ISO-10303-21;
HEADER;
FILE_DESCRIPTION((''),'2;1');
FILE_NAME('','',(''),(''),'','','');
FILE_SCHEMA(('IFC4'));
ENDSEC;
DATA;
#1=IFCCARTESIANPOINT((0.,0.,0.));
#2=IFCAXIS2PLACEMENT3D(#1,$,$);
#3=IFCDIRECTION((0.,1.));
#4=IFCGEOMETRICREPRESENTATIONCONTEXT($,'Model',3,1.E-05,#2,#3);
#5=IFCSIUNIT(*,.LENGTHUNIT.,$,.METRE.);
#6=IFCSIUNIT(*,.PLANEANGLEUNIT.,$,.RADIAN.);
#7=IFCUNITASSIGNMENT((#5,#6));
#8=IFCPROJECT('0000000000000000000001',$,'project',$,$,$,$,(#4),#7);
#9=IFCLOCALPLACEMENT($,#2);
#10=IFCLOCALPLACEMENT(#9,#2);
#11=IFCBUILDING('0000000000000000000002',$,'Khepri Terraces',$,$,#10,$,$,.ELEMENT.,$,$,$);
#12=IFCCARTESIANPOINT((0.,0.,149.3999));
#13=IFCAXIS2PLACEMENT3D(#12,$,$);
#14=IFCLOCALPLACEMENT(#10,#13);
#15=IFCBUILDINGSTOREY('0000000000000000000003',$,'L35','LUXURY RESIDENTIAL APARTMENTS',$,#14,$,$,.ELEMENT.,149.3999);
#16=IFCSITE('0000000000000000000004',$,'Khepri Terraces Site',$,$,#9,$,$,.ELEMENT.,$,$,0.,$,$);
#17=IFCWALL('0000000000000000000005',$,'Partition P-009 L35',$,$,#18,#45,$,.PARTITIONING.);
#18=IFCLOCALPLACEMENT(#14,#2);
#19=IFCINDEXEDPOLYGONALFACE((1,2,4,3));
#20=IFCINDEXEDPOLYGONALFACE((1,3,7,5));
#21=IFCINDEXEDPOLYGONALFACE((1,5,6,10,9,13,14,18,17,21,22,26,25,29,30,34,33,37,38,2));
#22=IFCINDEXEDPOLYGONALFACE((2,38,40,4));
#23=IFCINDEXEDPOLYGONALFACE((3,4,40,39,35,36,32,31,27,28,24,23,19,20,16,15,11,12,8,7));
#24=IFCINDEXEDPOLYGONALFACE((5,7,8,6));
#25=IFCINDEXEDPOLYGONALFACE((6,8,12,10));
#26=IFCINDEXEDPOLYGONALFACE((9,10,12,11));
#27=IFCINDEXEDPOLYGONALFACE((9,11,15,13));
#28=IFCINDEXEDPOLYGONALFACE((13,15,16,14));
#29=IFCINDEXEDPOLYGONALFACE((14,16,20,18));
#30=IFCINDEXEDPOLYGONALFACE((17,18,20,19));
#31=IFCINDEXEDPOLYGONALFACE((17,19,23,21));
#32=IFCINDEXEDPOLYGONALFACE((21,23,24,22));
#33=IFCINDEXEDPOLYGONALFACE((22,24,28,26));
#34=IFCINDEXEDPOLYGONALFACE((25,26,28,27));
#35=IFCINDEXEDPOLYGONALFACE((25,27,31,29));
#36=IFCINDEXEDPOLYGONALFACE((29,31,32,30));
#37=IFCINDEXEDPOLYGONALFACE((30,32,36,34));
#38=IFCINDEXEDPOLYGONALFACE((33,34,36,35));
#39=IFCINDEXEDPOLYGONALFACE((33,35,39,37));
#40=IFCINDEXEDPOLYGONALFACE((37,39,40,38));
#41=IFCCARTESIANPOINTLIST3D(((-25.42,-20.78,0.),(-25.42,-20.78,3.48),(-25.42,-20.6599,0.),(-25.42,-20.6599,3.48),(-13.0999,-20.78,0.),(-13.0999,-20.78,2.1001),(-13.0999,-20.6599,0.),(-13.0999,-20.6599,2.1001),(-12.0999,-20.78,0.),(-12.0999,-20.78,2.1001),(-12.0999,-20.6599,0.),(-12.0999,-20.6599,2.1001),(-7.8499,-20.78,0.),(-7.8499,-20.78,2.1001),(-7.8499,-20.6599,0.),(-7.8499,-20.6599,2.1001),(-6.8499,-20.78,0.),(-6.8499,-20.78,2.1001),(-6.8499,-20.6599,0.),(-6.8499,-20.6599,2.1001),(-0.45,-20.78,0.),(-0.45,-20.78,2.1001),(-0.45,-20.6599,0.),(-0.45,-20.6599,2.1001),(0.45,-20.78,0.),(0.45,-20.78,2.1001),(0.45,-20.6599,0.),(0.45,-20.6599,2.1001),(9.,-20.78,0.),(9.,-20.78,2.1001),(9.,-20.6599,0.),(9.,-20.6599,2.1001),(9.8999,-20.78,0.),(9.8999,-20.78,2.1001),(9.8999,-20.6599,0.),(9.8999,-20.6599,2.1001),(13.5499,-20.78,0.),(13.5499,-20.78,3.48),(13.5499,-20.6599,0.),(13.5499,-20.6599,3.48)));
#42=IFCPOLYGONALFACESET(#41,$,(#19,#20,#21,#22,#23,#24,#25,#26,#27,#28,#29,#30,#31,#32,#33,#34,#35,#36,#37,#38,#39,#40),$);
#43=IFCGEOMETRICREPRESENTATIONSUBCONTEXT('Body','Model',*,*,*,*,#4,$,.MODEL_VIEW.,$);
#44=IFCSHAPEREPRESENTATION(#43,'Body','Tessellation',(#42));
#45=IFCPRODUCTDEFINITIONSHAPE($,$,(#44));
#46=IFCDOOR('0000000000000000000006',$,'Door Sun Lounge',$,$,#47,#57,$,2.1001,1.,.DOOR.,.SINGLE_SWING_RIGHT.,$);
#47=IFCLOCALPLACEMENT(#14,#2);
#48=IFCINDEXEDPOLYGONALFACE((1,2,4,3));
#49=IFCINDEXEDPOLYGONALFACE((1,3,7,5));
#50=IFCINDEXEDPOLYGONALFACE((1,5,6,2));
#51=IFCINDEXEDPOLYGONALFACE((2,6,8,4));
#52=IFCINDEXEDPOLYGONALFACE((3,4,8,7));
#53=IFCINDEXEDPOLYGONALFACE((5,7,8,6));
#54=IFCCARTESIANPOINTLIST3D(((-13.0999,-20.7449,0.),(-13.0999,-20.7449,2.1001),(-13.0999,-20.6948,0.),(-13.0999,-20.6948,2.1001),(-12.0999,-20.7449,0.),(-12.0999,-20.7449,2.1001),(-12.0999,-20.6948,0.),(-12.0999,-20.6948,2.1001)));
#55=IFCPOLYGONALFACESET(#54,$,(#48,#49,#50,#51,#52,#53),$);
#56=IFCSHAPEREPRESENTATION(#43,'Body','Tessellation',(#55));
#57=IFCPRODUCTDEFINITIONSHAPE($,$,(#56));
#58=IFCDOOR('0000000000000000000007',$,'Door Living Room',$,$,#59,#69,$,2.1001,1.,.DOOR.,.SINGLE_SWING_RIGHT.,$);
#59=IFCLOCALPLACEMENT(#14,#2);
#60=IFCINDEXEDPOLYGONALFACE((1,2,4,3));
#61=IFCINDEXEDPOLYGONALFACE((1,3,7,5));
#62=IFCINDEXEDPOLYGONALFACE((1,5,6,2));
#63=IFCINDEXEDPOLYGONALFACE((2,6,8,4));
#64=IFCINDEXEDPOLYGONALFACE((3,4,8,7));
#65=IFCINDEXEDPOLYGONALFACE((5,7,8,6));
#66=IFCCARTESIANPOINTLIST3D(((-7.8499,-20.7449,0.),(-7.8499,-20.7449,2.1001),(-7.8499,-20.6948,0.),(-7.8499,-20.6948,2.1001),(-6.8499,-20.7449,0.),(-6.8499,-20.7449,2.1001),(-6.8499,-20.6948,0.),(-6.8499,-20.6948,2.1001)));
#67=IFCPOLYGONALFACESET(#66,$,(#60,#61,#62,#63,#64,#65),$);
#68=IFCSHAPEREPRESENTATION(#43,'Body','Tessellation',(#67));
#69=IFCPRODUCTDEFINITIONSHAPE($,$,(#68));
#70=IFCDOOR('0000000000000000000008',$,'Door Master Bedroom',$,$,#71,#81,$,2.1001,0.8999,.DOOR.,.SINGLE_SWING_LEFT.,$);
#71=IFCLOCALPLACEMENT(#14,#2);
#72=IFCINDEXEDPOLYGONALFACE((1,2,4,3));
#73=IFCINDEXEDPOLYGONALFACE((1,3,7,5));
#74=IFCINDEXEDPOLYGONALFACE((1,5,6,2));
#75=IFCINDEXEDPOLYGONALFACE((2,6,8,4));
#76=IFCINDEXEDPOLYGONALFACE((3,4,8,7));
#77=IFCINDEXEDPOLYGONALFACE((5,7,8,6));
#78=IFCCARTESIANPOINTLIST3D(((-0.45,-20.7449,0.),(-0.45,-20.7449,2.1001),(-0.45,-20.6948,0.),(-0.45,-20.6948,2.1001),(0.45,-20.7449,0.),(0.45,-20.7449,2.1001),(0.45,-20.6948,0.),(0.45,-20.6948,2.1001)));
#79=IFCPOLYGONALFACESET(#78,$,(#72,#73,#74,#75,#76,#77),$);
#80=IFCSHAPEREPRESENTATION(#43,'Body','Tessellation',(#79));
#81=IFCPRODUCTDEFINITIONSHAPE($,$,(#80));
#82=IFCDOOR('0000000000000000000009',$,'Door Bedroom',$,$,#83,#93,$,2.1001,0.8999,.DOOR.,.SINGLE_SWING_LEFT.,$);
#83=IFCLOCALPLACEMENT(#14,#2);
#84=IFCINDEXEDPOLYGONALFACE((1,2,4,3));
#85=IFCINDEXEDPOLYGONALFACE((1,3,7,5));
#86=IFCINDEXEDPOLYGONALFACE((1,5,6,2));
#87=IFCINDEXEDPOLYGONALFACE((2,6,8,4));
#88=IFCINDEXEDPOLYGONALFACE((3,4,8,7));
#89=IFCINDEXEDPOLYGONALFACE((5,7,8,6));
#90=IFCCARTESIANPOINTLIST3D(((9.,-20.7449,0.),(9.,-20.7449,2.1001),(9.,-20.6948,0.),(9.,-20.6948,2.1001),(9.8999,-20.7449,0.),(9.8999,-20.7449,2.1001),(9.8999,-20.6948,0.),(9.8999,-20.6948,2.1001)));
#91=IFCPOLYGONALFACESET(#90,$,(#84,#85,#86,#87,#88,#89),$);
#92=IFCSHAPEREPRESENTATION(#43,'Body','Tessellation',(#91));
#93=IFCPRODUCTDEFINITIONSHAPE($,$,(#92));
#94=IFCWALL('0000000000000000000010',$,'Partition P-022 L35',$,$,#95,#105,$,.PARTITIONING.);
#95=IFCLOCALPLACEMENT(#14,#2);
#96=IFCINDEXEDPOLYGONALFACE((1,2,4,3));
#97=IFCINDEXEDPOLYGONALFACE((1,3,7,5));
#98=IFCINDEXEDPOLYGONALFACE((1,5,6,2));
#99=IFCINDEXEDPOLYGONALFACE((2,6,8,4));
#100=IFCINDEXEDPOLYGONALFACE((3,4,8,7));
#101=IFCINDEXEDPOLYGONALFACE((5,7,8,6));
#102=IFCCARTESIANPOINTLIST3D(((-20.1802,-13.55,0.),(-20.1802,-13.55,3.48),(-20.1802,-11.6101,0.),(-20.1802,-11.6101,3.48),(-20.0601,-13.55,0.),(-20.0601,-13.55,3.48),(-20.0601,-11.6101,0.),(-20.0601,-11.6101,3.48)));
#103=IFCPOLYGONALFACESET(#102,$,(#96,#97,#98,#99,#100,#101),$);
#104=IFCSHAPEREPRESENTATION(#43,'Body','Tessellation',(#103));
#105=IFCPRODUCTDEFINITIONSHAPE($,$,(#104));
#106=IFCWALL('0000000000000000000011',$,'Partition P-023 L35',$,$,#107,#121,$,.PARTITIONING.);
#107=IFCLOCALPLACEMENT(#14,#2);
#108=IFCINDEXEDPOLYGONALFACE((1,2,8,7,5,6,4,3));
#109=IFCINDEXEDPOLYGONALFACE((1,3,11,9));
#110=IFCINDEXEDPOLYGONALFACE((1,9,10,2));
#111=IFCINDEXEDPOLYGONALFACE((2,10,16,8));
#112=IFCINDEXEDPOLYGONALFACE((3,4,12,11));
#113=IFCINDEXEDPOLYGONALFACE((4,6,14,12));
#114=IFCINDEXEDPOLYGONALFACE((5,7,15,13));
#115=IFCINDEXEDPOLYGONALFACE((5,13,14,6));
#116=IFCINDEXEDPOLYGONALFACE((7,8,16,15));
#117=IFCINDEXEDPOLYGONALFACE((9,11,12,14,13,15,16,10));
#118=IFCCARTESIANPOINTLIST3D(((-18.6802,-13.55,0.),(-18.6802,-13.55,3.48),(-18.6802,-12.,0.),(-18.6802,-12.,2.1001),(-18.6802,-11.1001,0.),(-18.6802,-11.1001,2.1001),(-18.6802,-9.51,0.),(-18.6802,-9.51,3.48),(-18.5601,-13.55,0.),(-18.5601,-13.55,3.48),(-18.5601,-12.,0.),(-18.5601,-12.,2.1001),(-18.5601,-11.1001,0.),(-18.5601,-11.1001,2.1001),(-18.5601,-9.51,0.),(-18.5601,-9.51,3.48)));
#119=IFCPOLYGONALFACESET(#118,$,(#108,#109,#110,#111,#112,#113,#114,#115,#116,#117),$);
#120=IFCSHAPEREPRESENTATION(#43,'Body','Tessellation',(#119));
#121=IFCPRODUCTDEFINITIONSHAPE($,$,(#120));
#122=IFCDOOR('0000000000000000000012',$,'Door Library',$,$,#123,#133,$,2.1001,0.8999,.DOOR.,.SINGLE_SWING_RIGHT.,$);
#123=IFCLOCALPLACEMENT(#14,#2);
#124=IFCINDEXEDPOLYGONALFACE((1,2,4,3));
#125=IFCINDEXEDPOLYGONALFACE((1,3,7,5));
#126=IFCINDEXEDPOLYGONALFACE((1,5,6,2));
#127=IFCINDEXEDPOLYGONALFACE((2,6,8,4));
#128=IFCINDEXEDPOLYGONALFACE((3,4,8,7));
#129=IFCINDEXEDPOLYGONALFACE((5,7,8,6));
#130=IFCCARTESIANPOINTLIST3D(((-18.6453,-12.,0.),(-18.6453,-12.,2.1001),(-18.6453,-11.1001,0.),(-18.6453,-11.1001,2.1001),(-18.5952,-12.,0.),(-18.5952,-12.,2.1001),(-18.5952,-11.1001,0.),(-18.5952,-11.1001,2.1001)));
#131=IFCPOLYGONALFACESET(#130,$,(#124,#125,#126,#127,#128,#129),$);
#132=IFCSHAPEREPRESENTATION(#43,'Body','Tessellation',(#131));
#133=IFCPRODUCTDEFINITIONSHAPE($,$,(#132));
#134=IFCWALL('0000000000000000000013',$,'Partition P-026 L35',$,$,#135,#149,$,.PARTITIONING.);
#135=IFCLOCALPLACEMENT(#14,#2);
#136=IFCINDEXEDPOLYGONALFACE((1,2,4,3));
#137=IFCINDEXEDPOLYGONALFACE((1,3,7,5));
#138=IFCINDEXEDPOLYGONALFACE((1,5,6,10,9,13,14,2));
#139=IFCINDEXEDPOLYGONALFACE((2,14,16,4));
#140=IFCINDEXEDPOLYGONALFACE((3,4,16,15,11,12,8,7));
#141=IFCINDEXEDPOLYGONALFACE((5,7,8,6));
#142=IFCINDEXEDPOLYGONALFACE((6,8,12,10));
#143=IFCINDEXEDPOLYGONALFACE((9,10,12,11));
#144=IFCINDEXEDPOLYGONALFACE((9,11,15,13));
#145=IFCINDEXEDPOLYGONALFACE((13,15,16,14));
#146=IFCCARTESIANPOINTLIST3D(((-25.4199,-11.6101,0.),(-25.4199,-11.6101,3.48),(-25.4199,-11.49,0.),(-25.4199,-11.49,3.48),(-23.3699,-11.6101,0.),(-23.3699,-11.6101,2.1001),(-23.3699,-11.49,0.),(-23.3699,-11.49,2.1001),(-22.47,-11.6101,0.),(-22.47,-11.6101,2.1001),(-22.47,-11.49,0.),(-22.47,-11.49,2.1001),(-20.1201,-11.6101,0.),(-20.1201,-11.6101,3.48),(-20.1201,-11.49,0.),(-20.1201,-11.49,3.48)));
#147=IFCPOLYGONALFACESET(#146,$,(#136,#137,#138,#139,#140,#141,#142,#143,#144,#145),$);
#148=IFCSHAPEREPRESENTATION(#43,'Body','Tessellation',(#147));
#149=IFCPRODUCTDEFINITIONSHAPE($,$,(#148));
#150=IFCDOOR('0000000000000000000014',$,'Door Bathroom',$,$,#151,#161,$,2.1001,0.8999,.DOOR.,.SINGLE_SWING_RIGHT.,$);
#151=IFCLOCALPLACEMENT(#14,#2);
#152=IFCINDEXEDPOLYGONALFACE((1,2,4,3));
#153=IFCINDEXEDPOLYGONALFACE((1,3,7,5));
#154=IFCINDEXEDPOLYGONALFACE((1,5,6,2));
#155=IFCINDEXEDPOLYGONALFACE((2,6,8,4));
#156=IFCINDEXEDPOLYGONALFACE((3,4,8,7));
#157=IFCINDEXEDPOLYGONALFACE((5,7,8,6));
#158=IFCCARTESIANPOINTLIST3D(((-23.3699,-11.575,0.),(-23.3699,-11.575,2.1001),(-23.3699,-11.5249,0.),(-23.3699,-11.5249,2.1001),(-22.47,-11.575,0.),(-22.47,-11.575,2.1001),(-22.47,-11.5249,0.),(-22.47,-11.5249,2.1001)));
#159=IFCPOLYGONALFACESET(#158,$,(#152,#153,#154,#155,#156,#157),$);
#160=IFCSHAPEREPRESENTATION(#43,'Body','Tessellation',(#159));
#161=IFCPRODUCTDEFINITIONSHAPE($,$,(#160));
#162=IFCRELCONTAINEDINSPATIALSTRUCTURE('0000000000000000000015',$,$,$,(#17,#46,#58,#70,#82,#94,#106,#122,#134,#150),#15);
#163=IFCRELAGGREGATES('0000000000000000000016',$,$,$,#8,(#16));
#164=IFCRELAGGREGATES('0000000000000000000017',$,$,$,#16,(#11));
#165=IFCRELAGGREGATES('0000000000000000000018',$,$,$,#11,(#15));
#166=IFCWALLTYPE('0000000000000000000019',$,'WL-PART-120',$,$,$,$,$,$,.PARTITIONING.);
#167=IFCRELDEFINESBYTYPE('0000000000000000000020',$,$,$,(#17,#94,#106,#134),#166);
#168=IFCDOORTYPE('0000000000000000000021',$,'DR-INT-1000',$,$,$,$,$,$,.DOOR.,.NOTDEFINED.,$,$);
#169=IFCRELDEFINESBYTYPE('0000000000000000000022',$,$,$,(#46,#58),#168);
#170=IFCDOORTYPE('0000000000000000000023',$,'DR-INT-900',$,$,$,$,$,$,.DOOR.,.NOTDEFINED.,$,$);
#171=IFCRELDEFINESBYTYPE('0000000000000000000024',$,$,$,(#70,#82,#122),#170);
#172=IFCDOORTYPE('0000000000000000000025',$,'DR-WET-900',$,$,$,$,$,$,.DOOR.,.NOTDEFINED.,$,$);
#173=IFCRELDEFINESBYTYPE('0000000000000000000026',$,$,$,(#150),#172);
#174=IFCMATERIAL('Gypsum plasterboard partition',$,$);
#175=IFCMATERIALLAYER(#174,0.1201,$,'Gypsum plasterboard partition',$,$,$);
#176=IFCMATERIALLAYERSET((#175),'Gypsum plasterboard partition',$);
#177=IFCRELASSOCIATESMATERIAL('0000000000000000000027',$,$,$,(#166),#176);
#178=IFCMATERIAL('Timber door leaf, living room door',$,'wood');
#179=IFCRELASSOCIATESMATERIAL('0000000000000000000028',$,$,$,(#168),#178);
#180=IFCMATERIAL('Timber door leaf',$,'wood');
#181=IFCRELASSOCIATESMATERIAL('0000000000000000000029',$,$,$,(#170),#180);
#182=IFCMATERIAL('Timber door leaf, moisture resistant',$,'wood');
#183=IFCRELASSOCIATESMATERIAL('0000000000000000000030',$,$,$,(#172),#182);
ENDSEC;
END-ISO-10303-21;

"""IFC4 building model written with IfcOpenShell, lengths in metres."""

from ifc_helpers import new_model, si_unit, direction, frame, frame_2d, origin, place, context, subcontext, project, spatial, rectangle, extrude, material, layer, layer_set, type_object, element, fill, save


model = new_model("IFC4")

# Units and contexts
model_context = context("Model", 3, precision=1e-05, world=origin(), true_north=direction((0.0, 1.0)))
body_context = subcontext(model_context, "Body", "Model", "MODEL_VIEW")
ifc_project = project(units=[si_unit("LENGTHUNIT", "METRE"), si_unit("PLANEANGLEUNIT", "RADIAN")], contexts=[model_context])

# Site, building, storey
site_placement = place(None, origin())
site = spatial("IfcSite", under=ifc_project, at=site_placement, Name="Khepri Terraces Site", CompositionType="ELEMENT", RefElevation=0.0)
building_placement = place(site_placement, origin())
building = spatial("IfcBuilding", under=site, at=building_placement, Name="Khepri Terraces", CompositionType="ELEMENT")
storey_placement = place(building_placement, frame((0.0, 0.0, 149.3999)))
storey = spatial("IfcBuildingStorey", under=building, at=storey_placement, Name="L35", Description="LUXURY RESIDENTIAL APARTMENTS", CompositionType="ELEMENT", Elevation=149.3999)

# Wall, openings, doors
ifc_material_1 = material(Name="Gypsum plasterboard partition")
ifc_layer_1 = layer(ifc_material_1, 0.1201, Name="Gypsum plasterboard partition")
ifc_layer_set_1 = layer_set([ifc_layer_1], Name="Gypsum plasterboard partition")
wall_type_1 = type_object("IfcWallType", Name="WL-PART-120", PredefinedType="PARTITIONING", material=ifc_layer_set_1)
wall_1_placement = place(storey_placement, frame((-25.4199, -20.72, 0.0), z_axis=(0.0, 0.0, 1.0), x_axis=(1.0, 0.0, 0.0)))
wall_1 = element("IfcWall", 1, at=wall_1_placement, inside=storey, type_object=wall_type_1, Name="Partition P-009 L35", PredefinedType="PARTITIONING", context=body_context, shape_type="SweptSolid", body=[
    extrude(rectangle(XDim=38.97, YDim=0.1201, at=frame_2d((19.4849, 0.0))), origin(), (0.0, 0.0, 1.0), 3.48),
])
opening_1_placement = place(wall_1_placement, frame((12.3201, 0.0, 0.0)))
opening_1 = element("IfcOpeningElement", 2, at=opening_1_placement, cuts=wall_1, PredefinedType="OPENING", context=body_context, shape_type="SweptSolid", body=[
    extrude(rectangle(XDim=1.0, YDim=2.1001, at=frame_2d((0.5, 1.05))), frame((0.0, 0.0701, 0.0), z_axis=(0.0, -1.0, 0.0), x_axis=(1.0, 0.0, 0.0)), (0.0, 0.0, 1.0), 0.1401),
])
opening_2_placement = place(wall_1_placement, frame((17.5701, 0.0, 0.0)))
opening_2 = element("IfcOpeningElement", 3, at=opening_2_placement, cuts=wall_1, PredefinedType="OPENING", context=body_context, shape_type="SweptSolid", body=[
    extrude(rectangle(XDim=1.0, YDim=2.1001, at=frame_2d((0.5, 1.05))), frame((0.0, 0.0701, 0.0), z_axis=(0.0, -1.0, 0.0), x_axis=(1.0, 0.0, 0.0)), (0.0, 0.0, 1.0), 0.1401),
])
opening_3_placement = place(wall_1_placement, frame((24.97, 0.0, 0.0)))
opening_3 = element("IfcOpeningElement", 4, at=opening_3_placement, cuts=wall_1, PredefinedType="OPENING", context=body_context, shape_type="SweptSolid", body=[
    extrude(rectangle(XDim=0.8999, YDim=2.1001, at=frame_2d((0.45, 1.05))), frame((0.0, 0.0701, 0.0), z_axis=(0.0, -1.0, 0.0), x_axis=(1.0, 0.0, 0.0)), (0.0, 0.0, 1.0), 0.1401),
])
opening_4_placement = place(wall_1_placement, frame((34.4199, 0.0, 0.0)))
opening_4 = element("IfcOpeningElement", 5, at=opening_4_placement, cuts=wall_1, PredefinedType="OPENING", context=body_context, shape_type="SweptSolid", body=[
    extrude(rectangle(XDim=0.8999, YDim=2.1001, at=frame_2d((0.45, 1.05))), frame((0.0, 0.0701, 0.0), z_axis=(0.0, -1.0, 0.0), x_axis=(1.0, 0.0, 0.0)), (0.0, 0.0, 1.0), 0.1401),
])
ifc_material_2 = material(Name="Timber door leaf, living room door", Category="wood")
door_type_1 = type_object("IfcDoorType", Name="DR-INT-1000", OperationType="NOTDEFINED", PredefinedType="DOOR", material=ifc_material_2)
door_1_placement = place(opening_1_placement, frame((1.0, 0.0, 0.0), z_axis=(0.0, 0.0, 1.0), x_axis=(-1.0, 0.0, 0.0)))
door_1 = element("IfcDoor", 6, at=door_1_placement, inside=storey, type_object=door_type_1, Name="Door Sun Lounge", OperationType="SINGLE_SWING_RIGHT", OverallHeight=2.1001, OverallWidth=1.0, PredefinedType="DOOR", context=body_context, shape_type="SweptSolid", body=[
    extrude(rectangle(XDim=1.0, YDim=2.1001, at=frame_2d((0.5, 1.05))), frame((0.0, 0.0249, 0.0), z_axis=(0.0, -1.0, 0.0), x_axis=(1.0, 0.0, 0.0)), (0.0, 0.0, 1.0), 0.05),
])
fill(opening_1, door_1)
door_2_placement = place(opening_2_placement, frame((1.0, 0.0, 0.0), z_axis=(0.0, 0.0, 1.0), x_axis=(-1.0, 0.0, 0.0)))
door_2 = element("IfcDoor", 7, at=door_2_placement, inside=storey, type_object=door_type_1, Name="Door Living Room", OperationType="SINGLE_SWING_RIGHT", OverallHeight=2.1001, OverallWidth=1.0, PredefinedType="DOOR", context=body_context, shape_type="SweptSolid", body=[
    extrude(rectangle(XDim=1.0, YDim=2.1001, at=frame_2d((0.5, 1.05))), frame((0.0, 0.0249, 0.0), z_axis=(0.0, -1.0, 0.0), x_axis=(1.0, 0.0, 0.0)), (0.0, 0.0, 1.0), 0.05),
])
fill(opening_2, door_2)
ifc_material_3 = material(Name="Timber door leaf", Category="wood")
door_type_2 = type_object("IfcDoorType", Name="DR-INT-900", OperationType="NOTDEFINED", PredefinedType="DOOR", material=ifc_material_3)
door_3_placement = place(opening_3_placement, frame((0.8999, 0.0, 0.0), z_axis=(0.0, 0.0, 1.0), x_axis=(-1.0, 0.0, 0.0)))
door_3 = element("IfcDoor", 8, at=door_3_placement, inside=storey, type_object=door_type_2, Name="Door Master Bedroom", OperationType="SINGLE_SWING_LEFT", OverallHeight=2.1001, OverallWidth=0.8999, PredefinedType="DOOR", context=body_context, shape_type="SweptSolid", body=[
    extrude(rectangle(XDim=0.8999, YDim=2.1001, at=frame_2d((0.45, 1.05))), frame((0.0, 0.0249, 0.0), z_axis=(0.0, -1.0, 0.0), x_axis=(1.0, 0.0, 0.0)), (0.0, 0.0, 1.0), 0.05),
])
fill(opening_3, door_3)
door_4_placement = place(opening_4_placement, frame((0.8999, 0.0, 0.0), z_axis=(0.0, 0.0, 1.0), x_axis=(-1.0, 0.0, 0.0)))
door_4 = element("IfcDoor", 9, at=door_4_placement, inside=storey, type_object=door_type_2, Name="Door Bedroom", OperationType="SINGLE_SWING_LEFT", OverallHeight=2.1001, OverallWidth=0.8999, PredefinedType="DOOR", context=body_context, shape_type="SweptSolid", body=[
    extrude(rectangle(XDim=0.8999, YDim=2.1001, at=frame_2d((0.45, 1.05))), frame((0.0, 0.0249, 0.0), z_axis=(0.0, -1.0, 0.0), x_axis=(1.0, 0.0, 0.0)), (0.0, 0.0, 1.0), 0.05),
])
fill(opening_4, door_4)

# Wall
wall_2_placement = place(storey_placement, frame((-20.1201, -13.55, 0.0), z_axis=(0.0, 0.0, 1.0), x_axis=(0.0, 1.0, 0.0)))
element("IfcWall", 10, at=wall_2_placement, inside=storey, type_object=wall_type_1, Name="Partition P-022 L35", PredefinedType="PARTITIONING", context=body_context, shape_type="SweptSolid", body=[
    extrude(rectangle(XDim=1.9399, YDim=0.1201, at=frame_2d((0.97, 0.0))), origin(), (0.0, 0.0, 1.0), 3.48),
])

# Walls, openings, doors
wall_3_placement = place(storey_placement, frame((-18.6201, -13.55, 0.0), z_axis=(0.0, 0.0, 1.0), x_axis=(0.0, 1.0, 0.0)))
wall_3 = element("IfcWall", 11, at=wall_3_placement, inside=storey, type_object=wall_type_1, Name="Partition P-023 L35", PredefinedType="PARTITIONING", context=body_context, shape_type="SweptSolid", body=[
    extrude(rectangle(XDim=4.04, YDim=0.1201, at=frame_2d((2.02, 0.0))), origin(), (0.0, 0.0, 1.0), 3.48),
])
opening_5_placement = place(wall_3_placement, frame((1.55, 0.0, 0.0)))
opening_5 = element("IfcOpeningElement", 12, at=opening_5_placement, cuts=wall_3, PredefinedType="OPENING", context=body_context, shape_type="SweptSolid", body=[
    extrude(rectangle(XDim=0.8999, YDim=2.1001, at=frame_2d((0.45, 1.05))), frame((0.0, 0.0701, 0.0), z_axis=(0.0, -1.0, 0.0), x_axis=(1.0, 0.0, 0.0)), (0.0, 0.0, 1.0), 0.1401),
])
door_5_placement = place(opening_5_placement, frame((0.8999, 0.0, 0.0), z_axis=(0.0, 0.0, 1.0), x_axis=(-1.0, 0.0, 0.0)))
door_5 = element("IfcDoor", 13, at=door_5_placement, inside=storey, type_object=door_type_2, Name="Door Library", OperationType="SINGLE_SWING_RIGHT", OverallHeight=2.1001, OverallWidth=0.8999, PredefinedType="DOOR", context=body_context, shape_type="SweptSolid", body=[
    extrude(rectangle(XDim=0.8999, YDim=2.1001, at=frame_2d((0.45, 1.05))), frame((0.0, 0.0249, 0.0), z_axis=(0.0, -1.0, 0.0), x_axis=(1.0, 0.0, 0.0)), (0.0, 0.0, 1.0), 0.05),
])
fill(opening_5, door_5)
wall_4_placement = place(storey_placement, frame((-25.4199, -11.55, 0.0), z_axis=(0.0, 0.0, 1.0), x_axis=(1.0, 0.0, 0.0)))
wall_4 = element("IfcWall", 14, at=wall_4_placement, inside=storey, type_object=wall_type_1, Name="Partition P-026 L35", PredefinedType="PARTITIONING", context=body_context, shape_type="SweptSolid", body=[
    extrude(rectangle(XDim=5.2998, YDim=0.1201, at=frame_2d((2.6499, 0.0))), origin(), (0.0, 0.0, 1.0), 3.48),
])
opening_6_placement = place(wall_4_placement, frame((2.05, 0.0, 0.0)))
opening_6 = element("IfcOpeningElement", 15, at=opening_6_placement, cuts=wall_4, PredefinedType="OPENING", context=body_context, shape_type="SweptSolid", body=[
    extrude(rectangle(XDim=0.8999, YDim=2.1001, at=frame_2d((0.45, 1.05))), frame((0.0, 0.0701, 0.0), z_axis=(0.0, -1.0, 0.0), x_axis=(1.0, 0.0, 0.0)), (0.0, 0.0, 1.0), 0.1401),
])
ifc_material_4 = material(Name="Timber door leaf, moisture resistant", Category="wood")
door_type_3 = type_object("IfcDoorType", Name="DR-WET-900", OperationType="NOTDEFINED", PredefinedType="DOOR", material=ifc_material_4)
door_6_placement = place(opening_6_placement, frame((0.8999, 0.0, 0.0), z_axis=(0.0, 0.0, 1.0), x_axis=(-1.0, 0.0, 0.0)))
door_6 = element("IfcDoor", 16, at=door_6_placement, inside=storey, type_object=door_type_3, Name="Door Bathroom", OperationType="SINGLE_SWING_RIGHT", OverallHeight=2.1001, OverallWidth=0.8999, PredefinedType="DOOR", context=body_context, shape_type="SweptSolid", body=[
    extrude(rectangle(XDim=0.8999, YDim=2.1001, at=frame_2d((0.45, 1.05))), frame((0.0, 0.0249, 0.0), z_axis=(0.0, -1.0, 0.0), x_axis=(1.0, 0.0, 0.0)), (0.0, 0.0, 1.0), 0.05),
])
fill(opening_6, door_6)

save(model, "model.ifc")
